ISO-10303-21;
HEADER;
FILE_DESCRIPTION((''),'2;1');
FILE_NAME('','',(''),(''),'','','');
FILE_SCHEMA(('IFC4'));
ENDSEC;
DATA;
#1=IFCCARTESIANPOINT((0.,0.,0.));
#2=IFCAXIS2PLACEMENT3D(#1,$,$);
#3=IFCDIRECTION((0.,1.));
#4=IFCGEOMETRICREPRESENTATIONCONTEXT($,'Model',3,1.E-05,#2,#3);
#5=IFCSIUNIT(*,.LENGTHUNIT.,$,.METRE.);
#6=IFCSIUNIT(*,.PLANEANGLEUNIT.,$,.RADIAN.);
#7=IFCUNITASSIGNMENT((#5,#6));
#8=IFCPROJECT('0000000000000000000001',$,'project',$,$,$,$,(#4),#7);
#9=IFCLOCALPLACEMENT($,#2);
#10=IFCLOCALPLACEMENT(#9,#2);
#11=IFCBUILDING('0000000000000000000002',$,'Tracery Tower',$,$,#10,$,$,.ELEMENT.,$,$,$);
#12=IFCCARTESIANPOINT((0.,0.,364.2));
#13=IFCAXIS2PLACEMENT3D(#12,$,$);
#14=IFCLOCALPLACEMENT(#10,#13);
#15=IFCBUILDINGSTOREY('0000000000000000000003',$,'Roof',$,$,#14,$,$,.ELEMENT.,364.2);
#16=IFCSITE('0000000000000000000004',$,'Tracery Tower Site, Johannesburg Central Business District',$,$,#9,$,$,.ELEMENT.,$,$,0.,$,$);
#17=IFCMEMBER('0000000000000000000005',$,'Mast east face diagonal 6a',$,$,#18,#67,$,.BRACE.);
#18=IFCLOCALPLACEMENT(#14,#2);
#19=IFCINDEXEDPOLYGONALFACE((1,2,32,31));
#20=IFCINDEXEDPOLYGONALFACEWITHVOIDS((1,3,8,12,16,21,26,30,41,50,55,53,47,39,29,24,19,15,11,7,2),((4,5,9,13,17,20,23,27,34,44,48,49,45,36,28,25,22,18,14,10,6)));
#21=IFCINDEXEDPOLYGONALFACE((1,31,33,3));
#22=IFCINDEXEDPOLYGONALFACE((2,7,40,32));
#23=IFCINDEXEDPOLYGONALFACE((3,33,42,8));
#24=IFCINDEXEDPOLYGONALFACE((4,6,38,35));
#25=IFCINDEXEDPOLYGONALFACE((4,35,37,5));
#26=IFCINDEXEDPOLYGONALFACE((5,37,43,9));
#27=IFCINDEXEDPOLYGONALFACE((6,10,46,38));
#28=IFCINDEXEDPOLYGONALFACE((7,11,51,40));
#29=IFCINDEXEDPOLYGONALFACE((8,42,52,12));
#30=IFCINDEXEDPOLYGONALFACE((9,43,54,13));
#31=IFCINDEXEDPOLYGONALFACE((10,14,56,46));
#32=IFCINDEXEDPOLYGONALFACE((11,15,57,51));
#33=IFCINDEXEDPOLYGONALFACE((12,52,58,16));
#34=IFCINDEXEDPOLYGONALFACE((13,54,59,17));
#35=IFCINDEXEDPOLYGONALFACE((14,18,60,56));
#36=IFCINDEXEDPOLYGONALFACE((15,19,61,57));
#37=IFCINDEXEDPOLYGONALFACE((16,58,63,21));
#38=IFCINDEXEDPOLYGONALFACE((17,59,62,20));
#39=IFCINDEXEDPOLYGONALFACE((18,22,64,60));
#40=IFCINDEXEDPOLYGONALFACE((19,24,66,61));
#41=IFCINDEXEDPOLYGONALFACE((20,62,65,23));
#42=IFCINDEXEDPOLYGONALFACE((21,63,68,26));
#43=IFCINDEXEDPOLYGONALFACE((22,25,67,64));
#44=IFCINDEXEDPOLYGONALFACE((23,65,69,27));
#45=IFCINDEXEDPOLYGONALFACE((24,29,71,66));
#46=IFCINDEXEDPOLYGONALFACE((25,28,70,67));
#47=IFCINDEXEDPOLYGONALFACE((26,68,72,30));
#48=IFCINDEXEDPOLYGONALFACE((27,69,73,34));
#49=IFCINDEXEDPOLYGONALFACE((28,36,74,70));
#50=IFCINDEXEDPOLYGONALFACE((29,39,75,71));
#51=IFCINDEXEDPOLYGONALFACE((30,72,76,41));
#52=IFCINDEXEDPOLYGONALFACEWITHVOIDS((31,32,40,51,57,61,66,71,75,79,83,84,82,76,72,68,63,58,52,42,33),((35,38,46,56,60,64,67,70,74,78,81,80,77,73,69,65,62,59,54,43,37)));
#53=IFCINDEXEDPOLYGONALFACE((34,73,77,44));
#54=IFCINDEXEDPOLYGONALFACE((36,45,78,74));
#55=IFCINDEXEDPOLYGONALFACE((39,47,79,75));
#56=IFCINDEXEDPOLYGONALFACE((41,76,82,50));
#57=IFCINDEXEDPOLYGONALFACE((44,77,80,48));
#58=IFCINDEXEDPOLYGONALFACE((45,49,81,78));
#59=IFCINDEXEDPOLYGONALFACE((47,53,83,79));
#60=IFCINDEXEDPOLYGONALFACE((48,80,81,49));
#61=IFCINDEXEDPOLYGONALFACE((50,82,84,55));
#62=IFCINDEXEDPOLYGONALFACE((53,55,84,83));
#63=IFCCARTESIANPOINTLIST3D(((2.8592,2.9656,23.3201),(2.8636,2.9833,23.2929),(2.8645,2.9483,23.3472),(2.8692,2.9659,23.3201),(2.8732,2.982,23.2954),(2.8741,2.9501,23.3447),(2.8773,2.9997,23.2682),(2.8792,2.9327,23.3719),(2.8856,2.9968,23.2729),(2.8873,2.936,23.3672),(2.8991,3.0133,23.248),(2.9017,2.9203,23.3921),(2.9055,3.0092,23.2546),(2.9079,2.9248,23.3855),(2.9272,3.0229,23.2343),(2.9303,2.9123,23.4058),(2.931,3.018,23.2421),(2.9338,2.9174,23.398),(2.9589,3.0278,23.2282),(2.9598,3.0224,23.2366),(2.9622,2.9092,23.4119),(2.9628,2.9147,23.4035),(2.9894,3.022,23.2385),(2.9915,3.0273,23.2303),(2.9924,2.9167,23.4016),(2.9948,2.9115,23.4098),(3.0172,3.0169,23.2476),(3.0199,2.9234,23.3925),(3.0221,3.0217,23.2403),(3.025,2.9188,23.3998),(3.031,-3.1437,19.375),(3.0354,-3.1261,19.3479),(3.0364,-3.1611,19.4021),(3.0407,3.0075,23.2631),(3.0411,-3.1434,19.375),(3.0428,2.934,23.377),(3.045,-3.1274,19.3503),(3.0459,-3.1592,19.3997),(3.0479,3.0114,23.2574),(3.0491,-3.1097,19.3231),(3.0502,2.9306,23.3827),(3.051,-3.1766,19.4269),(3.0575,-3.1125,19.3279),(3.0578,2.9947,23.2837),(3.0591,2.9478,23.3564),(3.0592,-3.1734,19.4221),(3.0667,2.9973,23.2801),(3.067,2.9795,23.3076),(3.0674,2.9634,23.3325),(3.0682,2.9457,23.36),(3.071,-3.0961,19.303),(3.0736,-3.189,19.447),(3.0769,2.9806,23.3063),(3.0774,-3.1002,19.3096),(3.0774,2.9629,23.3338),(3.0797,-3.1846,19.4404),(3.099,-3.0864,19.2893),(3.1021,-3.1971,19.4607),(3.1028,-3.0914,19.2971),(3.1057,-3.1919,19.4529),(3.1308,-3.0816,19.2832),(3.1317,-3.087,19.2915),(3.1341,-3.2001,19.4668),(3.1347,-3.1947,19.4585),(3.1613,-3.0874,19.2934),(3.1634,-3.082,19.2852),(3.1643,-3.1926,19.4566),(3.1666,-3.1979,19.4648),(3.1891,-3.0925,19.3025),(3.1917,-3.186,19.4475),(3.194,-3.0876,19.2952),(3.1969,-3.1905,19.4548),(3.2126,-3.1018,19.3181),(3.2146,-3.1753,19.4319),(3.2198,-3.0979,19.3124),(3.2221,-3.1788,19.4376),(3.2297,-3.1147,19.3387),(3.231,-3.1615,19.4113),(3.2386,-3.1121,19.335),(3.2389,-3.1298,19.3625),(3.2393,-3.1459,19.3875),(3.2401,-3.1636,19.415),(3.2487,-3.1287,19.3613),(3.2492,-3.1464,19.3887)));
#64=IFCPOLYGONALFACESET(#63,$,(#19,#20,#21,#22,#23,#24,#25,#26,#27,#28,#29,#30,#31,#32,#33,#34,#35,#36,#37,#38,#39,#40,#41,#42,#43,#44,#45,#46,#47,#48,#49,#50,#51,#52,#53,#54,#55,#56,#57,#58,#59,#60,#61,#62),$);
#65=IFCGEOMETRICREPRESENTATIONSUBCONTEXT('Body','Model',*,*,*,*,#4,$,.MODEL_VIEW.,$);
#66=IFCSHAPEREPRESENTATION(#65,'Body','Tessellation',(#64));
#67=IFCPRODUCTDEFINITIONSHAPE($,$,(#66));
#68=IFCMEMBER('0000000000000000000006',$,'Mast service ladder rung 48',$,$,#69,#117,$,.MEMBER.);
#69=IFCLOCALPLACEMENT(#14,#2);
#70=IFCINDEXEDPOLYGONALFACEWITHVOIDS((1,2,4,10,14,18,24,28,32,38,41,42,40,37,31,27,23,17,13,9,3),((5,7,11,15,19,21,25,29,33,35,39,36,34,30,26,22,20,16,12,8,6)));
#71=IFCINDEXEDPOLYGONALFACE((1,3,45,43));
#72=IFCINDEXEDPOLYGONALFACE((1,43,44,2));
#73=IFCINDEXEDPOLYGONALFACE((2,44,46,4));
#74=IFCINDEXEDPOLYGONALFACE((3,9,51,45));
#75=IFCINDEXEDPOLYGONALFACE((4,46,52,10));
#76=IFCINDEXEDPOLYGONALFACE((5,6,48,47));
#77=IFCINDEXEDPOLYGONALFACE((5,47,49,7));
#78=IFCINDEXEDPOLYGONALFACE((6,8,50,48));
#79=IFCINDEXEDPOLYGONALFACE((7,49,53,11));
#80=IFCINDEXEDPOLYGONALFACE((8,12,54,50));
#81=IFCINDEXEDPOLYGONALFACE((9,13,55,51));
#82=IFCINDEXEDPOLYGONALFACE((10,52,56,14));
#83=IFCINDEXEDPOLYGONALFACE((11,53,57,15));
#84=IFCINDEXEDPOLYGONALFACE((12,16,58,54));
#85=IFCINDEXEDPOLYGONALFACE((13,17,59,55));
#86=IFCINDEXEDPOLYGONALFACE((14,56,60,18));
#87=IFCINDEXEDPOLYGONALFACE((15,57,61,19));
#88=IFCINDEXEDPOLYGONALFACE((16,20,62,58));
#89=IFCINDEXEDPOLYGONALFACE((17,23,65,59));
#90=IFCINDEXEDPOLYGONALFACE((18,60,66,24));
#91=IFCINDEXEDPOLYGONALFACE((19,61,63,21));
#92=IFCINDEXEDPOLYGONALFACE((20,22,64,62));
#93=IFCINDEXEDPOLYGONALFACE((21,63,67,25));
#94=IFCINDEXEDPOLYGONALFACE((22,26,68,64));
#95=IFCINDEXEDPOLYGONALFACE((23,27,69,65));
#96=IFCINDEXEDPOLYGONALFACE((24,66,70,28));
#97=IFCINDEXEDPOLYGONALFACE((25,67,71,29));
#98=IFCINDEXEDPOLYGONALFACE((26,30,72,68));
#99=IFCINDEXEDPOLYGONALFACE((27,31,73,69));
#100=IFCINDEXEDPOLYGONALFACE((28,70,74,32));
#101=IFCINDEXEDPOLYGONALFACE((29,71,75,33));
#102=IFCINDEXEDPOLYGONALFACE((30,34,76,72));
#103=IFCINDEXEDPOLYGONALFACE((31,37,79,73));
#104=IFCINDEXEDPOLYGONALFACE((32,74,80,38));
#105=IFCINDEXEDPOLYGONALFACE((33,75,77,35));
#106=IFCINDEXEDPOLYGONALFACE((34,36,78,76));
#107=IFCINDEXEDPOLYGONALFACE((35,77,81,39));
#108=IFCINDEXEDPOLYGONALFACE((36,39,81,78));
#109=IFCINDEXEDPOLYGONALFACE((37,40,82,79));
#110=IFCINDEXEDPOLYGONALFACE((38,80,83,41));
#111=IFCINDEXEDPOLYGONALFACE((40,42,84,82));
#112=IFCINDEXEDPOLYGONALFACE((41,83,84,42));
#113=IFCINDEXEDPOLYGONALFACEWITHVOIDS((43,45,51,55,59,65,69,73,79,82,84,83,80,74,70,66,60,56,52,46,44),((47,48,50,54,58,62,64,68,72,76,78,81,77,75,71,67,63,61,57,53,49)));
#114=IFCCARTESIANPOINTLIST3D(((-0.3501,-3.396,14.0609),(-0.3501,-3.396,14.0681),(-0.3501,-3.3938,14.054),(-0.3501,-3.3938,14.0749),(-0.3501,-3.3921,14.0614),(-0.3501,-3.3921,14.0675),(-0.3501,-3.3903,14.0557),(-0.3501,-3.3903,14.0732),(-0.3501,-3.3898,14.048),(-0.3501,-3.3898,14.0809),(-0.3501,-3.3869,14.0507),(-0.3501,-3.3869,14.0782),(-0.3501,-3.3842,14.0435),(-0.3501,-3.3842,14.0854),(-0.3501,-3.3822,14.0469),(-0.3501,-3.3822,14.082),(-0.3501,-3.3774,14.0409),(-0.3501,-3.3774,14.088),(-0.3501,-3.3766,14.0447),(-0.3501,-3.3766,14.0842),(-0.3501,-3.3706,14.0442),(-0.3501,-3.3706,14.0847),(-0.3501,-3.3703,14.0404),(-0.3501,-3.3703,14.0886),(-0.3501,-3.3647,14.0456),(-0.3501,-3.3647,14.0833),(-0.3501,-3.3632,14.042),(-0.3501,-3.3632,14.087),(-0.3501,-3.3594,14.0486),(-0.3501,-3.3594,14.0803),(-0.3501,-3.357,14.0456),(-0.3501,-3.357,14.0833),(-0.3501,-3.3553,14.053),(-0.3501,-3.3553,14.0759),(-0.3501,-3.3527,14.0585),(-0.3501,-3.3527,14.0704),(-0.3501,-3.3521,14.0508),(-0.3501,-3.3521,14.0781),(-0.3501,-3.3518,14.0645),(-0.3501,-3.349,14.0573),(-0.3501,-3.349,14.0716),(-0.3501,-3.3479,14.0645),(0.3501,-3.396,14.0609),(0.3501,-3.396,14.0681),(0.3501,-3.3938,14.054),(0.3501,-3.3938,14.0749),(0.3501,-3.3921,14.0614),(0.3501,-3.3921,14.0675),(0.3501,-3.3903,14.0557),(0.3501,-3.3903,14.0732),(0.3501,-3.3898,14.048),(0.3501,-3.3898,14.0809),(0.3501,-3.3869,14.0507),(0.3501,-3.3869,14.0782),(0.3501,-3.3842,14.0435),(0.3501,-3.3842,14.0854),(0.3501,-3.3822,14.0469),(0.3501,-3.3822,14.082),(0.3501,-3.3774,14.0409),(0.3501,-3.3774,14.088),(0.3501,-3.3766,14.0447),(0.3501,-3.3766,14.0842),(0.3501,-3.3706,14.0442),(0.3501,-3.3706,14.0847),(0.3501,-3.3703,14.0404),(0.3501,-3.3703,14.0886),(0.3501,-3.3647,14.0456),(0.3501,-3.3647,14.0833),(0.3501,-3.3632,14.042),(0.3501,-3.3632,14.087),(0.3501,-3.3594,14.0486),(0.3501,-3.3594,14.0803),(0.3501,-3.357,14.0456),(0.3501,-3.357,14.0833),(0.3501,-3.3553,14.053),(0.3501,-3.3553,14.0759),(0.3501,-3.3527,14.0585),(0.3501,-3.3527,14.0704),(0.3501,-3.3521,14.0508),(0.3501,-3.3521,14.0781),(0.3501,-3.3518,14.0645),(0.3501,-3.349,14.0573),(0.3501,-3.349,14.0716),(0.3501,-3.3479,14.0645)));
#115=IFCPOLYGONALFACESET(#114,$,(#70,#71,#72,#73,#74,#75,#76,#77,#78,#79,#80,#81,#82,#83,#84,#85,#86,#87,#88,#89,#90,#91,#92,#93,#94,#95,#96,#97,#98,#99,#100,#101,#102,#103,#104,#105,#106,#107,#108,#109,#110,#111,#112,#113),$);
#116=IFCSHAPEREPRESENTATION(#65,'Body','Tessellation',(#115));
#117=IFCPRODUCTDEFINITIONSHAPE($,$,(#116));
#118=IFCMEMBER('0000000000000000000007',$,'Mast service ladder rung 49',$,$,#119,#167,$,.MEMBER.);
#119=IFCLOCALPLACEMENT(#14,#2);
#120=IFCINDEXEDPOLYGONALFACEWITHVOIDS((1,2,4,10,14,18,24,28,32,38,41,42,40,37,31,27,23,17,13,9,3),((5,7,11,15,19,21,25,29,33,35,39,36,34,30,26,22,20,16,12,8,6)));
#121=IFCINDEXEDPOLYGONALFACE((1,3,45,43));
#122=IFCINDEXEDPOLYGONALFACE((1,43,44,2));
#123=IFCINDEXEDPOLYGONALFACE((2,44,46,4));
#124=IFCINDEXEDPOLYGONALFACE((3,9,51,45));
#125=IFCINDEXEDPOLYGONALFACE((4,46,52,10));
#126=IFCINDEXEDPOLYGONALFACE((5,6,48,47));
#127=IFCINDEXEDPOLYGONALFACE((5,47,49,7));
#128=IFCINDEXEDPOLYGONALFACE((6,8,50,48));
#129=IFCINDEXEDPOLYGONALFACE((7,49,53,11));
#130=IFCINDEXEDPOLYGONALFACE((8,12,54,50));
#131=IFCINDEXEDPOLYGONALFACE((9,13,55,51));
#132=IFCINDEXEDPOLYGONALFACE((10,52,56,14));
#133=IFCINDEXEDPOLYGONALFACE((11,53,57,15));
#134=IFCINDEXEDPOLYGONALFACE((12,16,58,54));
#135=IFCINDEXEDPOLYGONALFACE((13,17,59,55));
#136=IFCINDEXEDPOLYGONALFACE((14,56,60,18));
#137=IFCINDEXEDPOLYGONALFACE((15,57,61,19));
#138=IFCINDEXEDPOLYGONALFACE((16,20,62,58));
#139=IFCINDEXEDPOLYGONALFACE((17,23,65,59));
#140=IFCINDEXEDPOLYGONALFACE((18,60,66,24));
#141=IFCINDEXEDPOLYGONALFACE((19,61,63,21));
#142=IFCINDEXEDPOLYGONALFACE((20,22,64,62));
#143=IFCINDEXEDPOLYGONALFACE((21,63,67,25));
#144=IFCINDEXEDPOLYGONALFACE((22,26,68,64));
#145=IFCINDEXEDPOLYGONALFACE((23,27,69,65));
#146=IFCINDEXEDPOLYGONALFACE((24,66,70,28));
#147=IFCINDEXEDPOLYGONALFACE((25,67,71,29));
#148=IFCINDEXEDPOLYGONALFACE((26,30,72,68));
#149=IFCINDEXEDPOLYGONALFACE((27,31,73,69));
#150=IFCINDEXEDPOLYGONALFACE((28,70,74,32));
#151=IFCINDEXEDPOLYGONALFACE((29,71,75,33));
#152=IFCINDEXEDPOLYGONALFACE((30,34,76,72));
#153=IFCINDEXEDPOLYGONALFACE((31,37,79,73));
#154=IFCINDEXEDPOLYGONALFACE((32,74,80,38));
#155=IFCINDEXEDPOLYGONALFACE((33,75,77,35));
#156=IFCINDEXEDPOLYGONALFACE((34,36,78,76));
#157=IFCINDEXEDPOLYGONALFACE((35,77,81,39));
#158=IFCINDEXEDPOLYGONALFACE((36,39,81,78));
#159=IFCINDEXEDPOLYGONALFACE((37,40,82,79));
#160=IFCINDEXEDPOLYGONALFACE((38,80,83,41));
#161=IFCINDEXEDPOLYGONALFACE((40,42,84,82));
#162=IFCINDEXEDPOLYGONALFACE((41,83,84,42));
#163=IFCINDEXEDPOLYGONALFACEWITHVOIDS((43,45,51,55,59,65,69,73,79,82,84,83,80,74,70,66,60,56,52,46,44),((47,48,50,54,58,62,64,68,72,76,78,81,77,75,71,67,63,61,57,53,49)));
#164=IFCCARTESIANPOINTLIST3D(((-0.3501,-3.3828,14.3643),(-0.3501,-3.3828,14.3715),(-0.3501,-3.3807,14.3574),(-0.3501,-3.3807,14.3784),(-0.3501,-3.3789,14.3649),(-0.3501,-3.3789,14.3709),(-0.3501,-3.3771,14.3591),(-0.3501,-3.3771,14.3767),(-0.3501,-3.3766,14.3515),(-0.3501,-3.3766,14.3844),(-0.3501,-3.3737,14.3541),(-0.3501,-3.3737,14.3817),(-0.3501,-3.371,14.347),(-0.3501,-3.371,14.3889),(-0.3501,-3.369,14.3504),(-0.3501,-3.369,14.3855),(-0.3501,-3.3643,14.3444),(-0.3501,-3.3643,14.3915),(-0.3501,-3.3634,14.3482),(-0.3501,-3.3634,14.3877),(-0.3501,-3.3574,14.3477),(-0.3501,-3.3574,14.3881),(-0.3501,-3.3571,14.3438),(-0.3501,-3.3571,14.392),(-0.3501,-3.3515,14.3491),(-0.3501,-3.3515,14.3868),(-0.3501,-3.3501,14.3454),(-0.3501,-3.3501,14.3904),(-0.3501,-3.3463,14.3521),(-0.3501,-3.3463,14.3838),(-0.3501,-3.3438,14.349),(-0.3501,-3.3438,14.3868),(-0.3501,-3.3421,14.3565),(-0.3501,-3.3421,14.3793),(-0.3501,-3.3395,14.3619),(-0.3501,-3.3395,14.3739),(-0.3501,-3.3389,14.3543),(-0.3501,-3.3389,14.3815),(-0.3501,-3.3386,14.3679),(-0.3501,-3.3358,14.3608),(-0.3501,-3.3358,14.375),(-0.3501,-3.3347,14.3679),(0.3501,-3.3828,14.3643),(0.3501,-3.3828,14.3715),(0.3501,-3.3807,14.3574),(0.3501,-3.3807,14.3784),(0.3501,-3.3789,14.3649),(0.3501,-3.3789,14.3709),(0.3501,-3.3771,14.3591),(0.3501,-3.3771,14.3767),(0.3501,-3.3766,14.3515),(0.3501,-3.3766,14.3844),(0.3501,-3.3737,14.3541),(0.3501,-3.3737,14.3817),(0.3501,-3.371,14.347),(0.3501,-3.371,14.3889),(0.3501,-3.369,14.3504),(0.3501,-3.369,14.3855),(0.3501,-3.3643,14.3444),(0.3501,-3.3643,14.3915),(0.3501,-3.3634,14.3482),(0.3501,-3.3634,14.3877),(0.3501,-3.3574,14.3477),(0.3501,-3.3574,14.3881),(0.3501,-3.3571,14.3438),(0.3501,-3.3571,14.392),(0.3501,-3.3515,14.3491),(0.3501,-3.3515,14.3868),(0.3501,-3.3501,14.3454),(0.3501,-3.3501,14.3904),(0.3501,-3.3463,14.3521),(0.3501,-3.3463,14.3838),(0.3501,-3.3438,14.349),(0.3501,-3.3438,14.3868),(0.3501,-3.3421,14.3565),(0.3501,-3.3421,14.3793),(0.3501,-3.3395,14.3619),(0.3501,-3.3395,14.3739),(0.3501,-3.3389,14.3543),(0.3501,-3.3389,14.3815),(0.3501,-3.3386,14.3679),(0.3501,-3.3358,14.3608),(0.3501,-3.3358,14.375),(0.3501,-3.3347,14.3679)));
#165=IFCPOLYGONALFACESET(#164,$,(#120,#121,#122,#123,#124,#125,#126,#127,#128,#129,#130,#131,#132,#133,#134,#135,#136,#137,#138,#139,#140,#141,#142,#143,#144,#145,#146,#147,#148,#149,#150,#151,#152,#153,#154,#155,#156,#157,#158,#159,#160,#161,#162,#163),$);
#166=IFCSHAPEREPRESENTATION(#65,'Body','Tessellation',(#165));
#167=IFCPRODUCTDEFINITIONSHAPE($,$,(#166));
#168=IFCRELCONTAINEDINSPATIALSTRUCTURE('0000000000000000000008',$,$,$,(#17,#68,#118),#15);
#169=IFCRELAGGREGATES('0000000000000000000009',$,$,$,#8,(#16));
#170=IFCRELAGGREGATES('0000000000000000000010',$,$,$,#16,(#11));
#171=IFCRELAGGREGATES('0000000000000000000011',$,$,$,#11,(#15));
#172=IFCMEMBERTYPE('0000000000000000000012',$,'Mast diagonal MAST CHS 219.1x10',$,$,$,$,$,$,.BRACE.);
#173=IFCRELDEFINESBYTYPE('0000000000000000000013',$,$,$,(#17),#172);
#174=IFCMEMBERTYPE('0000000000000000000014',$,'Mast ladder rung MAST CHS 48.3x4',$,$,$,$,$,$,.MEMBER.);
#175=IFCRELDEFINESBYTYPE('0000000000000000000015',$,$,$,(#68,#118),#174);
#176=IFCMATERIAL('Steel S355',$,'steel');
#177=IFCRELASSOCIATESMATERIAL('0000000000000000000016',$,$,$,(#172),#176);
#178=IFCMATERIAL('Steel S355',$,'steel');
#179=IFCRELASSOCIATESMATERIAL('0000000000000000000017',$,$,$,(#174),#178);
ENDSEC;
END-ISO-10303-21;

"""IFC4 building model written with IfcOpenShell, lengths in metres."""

from ifc_helpers import new_model, si_unit, direction, frame, origin, origin_2d, place, context, subcontext, project, spatial, hollow_circle, extrude, material, material_profile, profile_set, type_object, element, save


model = new_model("IFC4")

# Units and contexts
model_context = context("Model", 3, precision=1e-05, world=origin(), true_north=direction((0.0, 1.0)))
body_context = subcontext(model_context, "Body", "Model", "MODEL_VIEW")
ifc_project = project(units=[si_unit("LENGTHUNIT", "METRE"), si_unit("PLANEANGLEUNIT", "RADIAN")], contexts=[model_context])

# Site, building, storey
site_placement = place(None, origin())
site = spatial("IfcSite", under=ifc_project, at=site_placement, Name="Tracery Tower Site, Johannesburg Central Business District", CompositionType="ELEMENT", RefElevation=0.0)
building_placement = place(site_placement, origin())
building = spatial("IfcBuilding", under=site, at=building_placement, Name="Tracery Tower", CompositionType="ELEMENT")
storey_placement = place(building_placement, frame((0.0, 0.0, 364.2)))
storey = spatial("IfcBuildingStorey", under=building, at=storey_placement, Name="Roof", CompositionType="ELEMENT", Elevation=364.2)

# Members
ifc_material_1 = material(Name="Steel S355", Category="steel")
ifc_material_profile_1 = material_profile(ifc_material_1, hollow_circle(Radius=0.1096, WallThickness=0.01, at=origin_2d()), Name="CHS 219.1x10")
ifc_profile_set_1 = profile_set([ifc_material_profile_1], Name="Steel S355")
member_type_1 = type_object("IfcMemberType", Name="Mast diagonal MAST CHS 219.1x10", PredefinedType="BRACE", material=ifc_profile_set_1)
for number, where, z_axis, x_axis, name in (
    (1, (3.1406, -3.1406, 19.375), (-0.023627, 0.839841, 0.542319), (-0.999605, -0.028122, 0.0), "Mast east face diagonal 6a"),
):
    element("IfcMember", number, at=place(storey_placement, frame(where, z_axis=z_axis, x_axis=x_axis)), inside=storey, type_object=member_type_1, Name=name, PredefinedType="BRACE", context=body_context, shape_type="SweptSolid", body=[
        extrude(hollow_circle(Radius=0.1096, WallThickness=0.01, at=origin_2d()), origin(), (0.0, 0.0, 1.0), 7.2744),
    ])
ifc_material_2 = material(Name="Steel S355", Category="steel")
ifc_material_profile_2 = material_profile(ifc_material_2, hollow_circle(Radius=0.0242, WallThickness=0.0039, at=origin_2d()), Name="CHS 48.3x4")
ifc_profile_set_2 = profile_set([ifc_material_profile_2], Name="Steel S355")
member_type_2 = type_object("IfcMemberType", Name="Mast ladder rung MAST CHS 48.3x4", PredefinedType="MEMBER", material=ifc_profile_set_2)
for number, where, z_axis, x_axis, name in (
    (2, (-0.3501, -3.3721, 14.0645), (1.0, 0.0, 0.0), (0.0, 1.0, 0.0), "Mast service ladder rung 48"),
    (3, (-0.3501, -3.3589, 14.3679), (1.0, 0.0, 0.0), (0.0, 1.0, 0.0), "Mast service ladder rung 49"),
):
    element("IfcMember", number, at=place(storey_placement, frame(where, z_axis=z_axis, x_axis=x_axis)), inside=storey, type_object=member_type_2, Name=name, PredefinedType="MEMBER", context=body_context, shape_type="SweptSolid", body=[
        extrude(hollow_circle(Radius=0.0242, WallThickness=0.0039, at=origin_2d()), origin(), (0.0, 0.0, 1.0), 0.7002),
    ])

save(model, "model.ifc")
